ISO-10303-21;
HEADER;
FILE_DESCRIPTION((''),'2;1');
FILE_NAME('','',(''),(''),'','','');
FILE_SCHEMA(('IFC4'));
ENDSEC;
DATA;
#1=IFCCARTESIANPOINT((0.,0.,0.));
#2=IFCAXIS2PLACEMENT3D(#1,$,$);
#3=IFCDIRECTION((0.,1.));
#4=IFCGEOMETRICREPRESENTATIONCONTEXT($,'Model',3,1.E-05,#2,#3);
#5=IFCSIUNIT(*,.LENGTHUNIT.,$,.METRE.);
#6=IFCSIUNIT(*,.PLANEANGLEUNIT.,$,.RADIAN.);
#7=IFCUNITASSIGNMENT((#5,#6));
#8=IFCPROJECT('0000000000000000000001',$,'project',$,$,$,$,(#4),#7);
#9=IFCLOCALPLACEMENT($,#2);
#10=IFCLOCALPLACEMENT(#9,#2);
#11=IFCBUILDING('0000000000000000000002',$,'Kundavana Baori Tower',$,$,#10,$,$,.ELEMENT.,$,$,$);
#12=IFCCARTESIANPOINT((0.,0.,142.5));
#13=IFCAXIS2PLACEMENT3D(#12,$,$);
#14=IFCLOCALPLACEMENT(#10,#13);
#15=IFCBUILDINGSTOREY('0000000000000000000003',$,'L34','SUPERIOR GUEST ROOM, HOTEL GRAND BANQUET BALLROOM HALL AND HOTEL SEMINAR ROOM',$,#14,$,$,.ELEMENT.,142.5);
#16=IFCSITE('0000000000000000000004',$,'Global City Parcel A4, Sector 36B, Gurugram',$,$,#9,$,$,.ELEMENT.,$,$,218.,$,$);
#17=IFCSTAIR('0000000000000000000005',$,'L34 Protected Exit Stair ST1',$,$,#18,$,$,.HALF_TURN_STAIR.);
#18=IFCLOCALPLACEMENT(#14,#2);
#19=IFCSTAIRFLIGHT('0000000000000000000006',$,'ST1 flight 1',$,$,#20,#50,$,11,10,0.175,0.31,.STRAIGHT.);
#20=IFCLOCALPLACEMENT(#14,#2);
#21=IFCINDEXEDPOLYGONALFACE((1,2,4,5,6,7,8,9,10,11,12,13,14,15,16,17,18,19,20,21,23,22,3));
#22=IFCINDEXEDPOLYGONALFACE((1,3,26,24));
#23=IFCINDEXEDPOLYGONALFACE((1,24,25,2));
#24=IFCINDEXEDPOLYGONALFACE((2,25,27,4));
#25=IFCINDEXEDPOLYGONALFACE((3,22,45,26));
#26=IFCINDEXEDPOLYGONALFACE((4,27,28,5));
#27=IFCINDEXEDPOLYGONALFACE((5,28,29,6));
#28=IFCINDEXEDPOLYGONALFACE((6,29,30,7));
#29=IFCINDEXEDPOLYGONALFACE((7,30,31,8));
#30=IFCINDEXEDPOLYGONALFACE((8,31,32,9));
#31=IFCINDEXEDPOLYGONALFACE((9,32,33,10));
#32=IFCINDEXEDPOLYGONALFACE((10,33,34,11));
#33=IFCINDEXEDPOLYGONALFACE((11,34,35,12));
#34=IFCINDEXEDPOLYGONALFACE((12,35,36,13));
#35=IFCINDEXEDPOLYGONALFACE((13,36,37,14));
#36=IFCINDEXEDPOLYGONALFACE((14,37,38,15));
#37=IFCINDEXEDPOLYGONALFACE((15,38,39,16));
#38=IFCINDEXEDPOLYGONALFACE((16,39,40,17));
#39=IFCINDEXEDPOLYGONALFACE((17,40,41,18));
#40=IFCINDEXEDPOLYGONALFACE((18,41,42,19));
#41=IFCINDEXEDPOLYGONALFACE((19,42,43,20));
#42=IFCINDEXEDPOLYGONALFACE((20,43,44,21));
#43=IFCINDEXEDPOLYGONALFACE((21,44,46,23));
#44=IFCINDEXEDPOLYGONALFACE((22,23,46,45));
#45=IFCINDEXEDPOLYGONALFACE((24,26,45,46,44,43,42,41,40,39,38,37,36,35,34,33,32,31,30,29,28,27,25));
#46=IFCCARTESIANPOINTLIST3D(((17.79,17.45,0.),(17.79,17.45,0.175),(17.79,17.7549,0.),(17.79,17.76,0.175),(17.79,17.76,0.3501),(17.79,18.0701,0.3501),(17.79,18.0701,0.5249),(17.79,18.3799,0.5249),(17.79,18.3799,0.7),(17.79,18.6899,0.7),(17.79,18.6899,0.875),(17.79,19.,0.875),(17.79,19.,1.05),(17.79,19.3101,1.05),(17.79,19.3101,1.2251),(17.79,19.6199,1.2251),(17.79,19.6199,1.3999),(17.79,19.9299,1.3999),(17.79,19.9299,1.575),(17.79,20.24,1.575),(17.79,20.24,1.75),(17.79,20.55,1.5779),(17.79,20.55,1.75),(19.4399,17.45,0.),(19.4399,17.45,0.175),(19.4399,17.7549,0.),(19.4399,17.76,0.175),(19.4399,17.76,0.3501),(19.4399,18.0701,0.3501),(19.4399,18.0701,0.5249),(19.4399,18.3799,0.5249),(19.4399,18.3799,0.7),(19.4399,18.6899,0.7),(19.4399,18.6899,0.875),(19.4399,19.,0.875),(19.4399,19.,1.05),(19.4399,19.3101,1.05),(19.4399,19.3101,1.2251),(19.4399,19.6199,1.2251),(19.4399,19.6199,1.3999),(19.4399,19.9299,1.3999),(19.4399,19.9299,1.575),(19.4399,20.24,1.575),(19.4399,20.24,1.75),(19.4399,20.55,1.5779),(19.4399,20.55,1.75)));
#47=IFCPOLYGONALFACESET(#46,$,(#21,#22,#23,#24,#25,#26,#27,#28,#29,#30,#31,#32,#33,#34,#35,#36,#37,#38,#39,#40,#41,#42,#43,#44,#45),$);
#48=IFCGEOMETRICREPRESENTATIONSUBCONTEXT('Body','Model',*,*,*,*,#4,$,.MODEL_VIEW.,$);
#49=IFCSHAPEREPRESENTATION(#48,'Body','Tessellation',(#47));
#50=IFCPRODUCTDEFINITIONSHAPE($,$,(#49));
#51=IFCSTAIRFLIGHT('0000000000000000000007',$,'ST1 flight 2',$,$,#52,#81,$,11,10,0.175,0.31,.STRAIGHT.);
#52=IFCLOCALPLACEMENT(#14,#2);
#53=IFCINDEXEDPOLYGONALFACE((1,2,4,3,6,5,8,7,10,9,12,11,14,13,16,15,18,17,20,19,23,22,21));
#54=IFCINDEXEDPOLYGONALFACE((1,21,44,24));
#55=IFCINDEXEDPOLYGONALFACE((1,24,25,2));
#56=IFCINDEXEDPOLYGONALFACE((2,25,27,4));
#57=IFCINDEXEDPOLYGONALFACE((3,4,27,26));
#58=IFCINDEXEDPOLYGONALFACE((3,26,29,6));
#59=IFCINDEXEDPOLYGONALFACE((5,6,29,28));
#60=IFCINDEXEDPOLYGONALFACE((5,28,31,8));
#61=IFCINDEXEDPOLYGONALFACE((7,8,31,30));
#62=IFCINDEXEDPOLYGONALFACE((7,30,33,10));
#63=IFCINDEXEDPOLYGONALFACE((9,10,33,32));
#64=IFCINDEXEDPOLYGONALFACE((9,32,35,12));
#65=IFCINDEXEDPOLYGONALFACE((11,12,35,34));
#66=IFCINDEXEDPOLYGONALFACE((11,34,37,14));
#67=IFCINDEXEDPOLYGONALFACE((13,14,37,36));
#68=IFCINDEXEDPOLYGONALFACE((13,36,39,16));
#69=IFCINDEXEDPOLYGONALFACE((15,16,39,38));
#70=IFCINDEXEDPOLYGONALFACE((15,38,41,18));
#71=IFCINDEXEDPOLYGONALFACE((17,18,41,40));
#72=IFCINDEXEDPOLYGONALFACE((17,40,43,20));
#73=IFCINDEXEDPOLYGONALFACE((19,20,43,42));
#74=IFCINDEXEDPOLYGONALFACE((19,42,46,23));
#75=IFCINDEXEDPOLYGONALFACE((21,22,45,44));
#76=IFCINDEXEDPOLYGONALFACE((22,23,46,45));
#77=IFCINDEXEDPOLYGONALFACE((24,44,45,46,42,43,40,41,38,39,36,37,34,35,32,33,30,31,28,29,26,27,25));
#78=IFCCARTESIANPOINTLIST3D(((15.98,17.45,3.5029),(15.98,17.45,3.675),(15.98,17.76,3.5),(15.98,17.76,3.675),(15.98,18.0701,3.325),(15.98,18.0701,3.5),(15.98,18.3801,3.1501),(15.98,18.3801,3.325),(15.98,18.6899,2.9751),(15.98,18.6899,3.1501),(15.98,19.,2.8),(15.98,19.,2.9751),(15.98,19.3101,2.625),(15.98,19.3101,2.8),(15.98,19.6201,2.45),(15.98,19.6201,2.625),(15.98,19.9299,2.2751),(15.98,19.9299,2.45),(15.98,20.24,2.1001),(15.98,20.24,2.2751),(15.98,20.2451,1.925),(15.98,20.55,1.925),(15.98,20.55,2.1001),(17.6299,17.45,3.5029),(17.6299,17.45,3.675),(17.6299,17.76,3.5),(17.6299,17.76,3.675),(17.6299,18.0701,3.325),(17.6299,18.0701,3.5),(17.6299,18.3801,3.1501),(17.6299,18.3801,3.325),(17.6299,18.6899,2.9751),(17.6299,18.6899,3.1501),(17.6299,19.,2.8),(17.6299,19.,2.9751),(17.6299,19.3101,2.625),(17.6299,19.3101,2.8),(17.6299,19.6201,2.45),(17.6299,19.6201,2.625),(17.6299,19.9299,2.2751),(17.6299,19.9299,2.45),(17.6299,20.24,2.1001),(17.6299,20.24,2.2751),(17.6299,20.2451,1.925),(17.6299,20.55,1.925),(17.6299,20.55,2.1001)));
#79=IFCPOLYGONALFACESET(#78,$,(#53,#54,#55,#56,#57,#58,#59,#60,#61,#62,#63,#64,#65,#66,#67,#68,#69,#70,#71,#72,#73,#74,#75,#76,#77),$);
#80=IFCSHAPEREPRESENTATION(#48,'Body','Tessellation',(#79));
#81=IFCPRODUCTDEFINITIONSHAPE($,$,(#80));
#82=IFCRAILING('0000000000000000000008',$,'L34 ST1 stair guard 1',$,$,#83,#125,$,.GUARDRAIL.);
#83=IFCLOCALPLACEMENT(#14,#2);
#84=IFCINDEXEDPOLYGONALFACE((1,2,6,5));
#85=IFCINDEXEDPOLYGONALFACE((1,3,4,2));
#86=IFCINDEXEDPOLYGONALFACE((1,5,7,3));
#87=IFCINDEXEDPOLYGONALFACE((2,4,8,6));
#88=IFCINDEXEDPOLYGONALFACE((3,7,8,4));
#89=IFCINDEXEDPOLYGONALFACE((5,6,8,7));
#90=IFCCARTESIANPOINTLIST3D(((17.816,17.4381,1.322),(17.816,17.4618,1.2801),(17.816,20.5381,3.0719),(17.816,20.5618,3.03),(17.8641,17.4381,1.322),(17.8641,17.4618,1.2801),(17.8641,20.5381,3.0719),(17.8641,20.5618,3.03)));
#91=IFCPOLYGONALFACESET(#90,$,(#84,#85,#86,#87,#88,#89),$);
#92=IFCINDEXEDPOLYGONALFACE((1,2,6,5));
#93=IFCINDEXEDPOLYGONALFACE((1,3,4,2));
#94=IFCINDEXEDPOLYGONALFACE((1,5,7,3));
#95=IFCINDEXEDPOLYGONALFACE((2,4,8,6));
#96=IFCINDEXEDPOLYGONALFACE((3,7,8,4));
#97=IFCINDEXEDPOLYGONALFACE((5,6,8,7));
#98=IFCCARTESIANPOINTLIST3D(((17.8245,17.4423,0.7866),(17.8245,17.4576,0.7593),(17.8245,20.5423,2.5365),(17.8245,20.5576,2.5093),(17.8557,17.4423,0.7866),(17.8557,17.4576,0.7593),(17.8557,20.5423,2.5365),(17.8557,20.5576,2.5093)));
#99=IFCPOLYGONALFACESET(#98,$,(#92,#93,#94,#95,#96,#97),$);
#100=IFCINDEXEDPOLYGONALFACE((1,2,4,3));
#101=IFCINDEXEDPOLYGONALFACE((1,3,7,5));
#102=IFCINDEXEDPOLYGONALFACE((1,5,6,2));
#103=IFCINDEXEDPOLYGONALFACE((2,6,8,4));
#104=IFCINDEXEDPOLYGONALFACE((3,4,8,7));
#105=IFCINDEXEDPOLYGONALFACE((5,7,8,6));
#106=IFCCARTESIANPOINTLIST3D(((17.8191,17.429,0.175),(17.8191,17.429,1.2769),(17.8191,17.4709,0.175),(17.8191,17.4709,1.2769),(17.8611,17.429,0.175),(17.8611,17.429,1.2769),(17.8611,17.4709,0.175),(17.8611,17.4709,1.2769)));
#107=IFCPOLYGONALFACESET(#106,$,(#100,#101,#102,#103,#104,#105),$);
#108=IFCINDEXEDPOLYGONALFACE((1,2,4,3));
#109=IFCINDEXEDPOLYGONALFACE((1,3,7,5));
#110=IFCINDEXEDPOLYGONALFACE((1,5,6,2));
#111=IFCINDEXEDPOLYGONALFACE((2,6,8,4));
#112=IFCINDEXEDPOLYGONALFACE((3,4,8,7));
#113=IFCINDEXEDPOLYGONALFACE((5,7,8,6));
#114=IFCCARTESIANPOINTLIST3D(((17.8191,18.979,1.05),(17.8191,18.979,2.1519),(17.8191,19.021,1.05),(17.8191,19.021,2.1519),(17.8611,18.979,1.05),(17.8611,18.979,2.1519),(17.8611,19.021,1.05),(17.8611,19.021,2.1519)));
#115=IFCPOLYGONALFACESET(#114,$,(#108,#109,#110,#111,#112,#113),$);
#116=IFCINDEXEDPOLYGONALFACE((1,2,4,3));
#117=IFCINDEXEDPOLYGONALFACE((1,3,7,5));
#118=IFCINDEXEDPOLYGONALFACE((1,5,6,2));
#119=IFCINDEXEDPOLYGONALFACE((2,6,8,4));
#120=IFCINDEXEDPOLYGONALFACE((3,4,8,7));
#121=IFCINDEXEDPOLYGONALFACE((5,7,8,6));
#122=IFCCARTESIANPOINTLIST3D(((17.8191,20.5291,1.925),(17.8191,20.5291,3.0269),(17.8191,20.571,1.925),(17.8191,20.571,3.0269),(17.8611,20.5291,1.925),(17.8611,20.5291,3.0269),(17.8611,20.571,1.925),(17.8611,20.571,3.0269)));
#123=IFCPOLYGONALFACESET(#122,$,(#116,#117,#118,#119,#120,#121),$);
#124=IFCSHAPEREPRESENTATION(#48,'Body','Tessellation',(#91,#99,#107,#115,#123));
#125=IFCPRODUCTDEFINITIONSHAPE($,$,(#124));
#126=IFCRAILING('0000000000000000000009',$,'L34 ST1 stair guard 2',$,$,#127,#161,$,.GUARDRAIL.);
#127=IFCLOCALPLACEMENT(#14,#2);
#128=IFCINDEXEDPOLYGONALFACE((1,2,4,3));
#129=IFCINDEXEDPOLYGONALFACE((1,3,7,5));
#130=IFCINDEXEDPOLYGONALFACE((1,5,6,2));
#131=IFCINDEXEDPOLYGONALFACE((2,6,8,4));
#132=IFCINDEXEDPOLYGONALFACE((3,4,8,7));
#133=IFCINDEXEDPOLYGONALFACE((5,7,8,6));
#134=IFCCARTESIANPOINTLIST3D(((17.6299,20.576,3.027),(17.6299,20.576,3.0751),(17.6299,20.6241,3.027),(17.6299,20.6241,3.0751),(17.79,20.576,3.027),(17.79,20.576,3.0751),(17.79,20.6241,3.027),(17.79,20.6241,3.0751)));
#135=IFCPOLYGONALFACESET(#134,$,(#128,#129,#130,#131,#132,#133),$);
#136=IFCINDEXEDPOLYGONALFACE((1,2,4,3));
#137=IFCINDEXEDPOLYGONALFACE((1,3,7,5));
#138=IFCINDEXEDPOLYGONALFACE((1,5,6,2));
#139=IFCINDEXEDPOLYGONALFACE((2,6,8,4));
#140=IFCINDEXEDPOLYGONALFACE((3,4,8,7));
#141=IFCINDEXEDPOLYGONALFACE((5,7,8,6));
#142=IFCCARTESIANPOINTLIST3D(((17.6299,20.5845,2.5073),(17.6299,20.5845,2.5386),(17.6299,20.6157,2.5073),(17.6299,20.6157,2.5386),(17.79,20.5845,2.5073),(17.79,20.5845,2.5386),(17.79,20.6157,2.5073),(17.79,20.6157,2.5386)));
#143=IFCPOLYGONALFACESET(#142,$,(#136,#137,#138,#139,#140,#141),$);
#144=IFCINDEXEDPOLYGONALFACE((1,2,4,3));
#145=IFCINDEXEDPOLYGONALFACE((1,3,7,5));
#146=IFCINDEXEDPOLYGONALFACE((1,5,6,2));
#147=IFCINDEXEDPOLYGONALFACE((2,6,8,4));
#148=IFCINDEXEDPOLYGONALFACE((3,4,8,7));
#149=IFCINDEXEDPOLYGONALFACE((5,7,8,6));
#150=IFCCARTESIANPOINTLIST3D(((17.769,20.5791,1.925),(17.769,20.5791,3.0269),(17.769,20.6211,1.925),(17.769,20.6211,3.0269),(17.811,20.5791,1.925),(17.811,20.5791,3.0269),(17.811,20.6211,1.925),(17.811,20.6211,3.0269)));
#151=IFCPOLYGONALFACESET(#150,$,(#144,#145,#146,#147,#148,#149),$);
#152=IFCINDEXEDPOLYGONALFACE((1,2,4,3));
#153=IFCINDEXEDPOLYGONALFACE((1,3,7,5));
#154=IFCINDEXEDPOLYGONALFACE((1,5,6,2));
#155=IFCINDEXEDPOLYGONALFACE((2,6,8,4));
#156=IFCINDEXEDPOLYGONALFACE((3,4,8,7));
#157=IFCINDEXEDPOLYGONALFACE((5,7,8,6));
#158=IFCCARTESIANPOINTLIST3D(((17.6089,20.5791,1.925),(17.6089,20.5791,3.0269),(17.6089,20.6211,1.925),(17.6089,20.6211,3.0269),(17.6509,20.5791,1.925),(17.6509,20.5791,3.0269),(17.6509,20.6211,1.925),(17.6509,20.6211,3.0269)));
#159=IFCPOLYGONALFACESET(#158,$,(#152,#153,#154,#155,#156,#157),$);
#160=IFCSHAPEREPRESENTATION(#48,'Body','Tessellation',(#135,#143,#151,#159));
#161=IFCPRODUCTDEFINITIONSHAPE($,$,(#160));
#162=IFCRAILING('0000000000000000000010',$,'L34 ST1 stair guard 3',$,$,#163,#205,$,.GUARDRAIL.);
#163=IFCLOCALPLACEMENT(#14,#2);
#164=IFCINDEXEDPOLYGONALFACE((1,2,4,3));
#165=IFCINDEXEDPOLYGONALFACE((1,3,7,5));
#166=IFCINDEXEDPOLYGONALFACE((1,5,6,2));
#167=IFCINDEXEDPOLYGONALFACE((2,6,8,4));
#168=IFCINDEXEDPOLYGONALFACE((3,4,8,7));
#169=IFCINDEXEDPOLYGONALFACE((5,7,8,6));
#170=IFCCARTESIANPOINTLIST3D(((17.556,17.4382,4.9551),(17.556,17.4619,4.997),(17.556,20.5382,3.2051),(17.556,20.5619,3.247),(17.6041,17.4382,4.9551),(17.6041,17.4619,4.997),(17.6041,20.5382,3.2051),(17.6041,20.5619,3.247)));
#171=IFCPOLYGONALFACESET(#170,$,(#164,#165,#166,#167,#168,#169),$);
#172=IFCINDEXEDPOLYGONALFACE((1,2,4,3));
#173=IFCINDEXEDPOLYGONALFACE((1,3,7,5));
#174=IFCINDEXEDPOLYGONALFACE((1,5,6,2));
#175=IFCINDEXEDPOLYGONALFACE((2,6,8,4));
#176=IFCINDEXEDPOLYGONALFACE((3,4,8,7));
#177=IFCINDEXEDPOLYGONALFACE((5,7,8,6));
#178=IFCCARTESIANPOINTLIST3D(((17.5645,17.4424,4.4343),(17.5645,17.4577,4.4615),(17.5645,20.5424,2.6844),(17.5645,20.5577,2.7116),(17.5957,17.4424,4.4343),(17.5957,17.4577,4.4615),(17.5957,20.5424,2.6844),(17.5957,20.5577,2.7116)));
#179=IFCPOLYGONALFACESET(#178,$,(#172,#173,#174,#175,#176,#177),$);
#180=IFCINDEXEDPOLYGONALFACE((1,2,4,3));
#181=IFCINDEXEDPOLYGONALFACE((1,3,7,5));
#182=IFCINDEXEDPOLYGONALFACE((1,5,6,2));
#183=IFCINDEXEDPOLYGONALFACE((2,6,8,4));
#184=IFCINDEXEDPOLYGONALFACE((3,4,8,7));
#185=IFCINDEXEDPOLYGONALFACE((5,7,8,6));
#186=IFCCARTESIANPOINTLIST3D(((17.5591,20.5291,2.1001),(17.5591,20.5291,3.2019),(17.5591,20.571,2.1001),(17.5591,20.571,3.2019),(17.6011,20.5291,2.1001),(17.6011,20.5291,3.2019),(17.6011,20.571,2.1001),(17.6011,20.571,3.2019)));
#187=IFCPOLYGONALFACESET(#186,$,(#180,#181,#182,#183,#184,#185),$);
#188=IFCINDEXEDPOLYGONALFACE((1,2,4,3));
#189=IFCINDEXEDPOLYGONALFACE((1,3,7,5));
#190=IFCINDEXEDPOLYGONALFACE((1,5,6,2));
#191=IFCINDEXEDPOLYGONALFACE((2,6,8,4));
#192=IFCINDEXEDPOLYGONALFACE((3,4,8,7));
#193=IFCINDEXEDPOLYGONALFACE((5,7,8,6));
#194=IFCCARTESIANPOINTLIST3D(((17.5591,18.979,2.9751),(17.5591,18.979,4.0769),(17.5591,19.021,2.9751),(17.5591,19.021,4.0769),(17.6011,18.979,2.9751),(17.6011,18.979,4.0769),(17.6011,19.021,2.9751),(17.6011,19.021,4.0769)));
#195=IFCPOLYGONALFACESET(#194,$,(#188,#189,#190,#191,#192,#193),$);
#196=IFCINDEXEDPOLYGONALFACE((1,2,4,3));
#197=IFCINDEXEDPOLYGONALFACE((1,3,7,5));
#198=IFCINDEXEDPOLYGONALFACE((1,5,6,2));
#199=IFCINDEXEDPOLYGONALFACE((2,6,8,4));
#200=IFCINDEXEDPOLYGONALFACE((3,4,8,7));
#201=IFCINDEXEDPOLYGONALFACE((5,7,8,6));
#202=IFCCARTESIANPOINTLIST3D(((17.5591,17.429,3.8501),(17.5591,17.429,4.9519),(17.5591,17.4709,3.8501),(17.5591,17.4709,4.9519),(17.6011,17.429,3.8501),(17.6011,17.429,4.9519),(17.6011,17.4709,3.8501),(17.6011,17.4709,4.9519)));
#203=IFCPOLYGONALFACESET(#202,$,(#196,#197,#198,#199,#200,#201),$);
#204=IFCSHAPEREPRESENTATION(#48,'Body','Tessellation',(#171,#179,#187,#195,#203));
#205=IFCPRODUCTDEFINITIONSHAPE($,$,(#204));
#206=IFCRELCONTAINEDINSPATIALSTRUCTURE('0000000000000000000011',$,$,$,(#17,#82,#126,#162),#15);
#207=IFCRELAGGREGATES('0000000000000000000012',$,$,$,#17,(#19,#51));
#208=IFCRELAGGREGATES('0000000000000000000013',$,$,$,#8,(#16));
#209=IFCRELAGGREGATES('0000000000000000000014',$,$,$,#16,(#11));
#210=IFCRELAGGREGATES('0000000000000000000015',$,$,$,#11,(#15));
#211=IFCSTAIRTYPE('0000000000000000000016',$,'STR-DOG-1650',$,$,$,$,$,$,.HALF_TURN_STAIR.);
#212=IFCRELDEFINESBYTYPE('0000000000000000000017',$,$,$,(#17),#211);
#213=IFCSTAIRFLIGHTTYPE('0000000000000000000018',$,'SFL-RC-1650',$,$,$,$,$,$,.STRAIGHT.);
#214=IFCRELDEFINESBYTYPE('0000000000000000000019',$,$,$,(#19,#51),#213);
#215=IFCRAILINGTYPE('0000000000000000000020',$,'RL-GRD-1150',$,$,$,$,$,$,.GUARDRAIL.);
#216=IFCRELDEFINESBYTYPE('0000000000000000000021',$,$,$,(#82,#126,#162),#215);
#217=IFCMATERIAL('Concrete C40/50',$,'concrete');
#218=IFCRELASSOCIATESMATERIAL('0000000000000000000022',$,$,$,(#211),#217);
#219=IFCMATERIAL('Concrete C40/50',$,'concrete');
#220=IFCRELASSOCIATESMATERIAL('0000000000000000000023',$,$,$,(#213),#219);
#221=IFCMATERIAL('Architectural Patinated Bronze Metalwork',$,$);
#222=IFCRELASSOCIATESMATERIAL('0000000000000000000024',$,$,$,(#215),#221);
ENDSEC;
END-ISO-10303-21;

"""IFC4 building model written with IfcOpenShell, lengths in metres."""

from ifc_helpers import new_model, si_unit, direction, frame, origin, origin_2d, place, context, subcontext, project, spatial, polyline, rectangle, outline, extrude, material, type_object, element, aggregate, save


model = new_model("IFC4")

# Units and contexts
model_context = context("Model", 3, precision=1e-05, world=origin(), true_north=direction((0.0, 1.0)))
body_context = subcontext(model_context, "Body", "Model", "MODEL_VIEW")
ifc_project = project(units=[si_unit("LENGTHUNIT", "METRE"), si_unit("PLANEANGLEUNIT", "RADIAN")], contexts=[model_context])

# Site, building, storey
site_placement = place(None, origin())
site = spatial("IfcSite", under=ifc_project, at=site_placement, Name="Global City Parcel A4, Sector 36B, Gurugram", CompositionType="ELEMENT", RefElevation=218.0)
building_placement = place(site_placement, origin())
building = spatial("IfcBuilding", under=site, at=building_placement, Name="Kundavana Baori Tower", CompositionType="ELEMENT")
storey_placement = place(building_placement, frame((0.0, 0.0, 142.5)))
storey = spatial("IfcBuildingStorey", under=building, at=storey_placement, Name="L34", Description="SUPERIOR GUEST ROOM, HOTEL GRAND BANQUET BALLROOM HALL AND HOTEL SEMINAR ROOM", CompositionType="ELEMENT", Elevation=142.5)

# Stair, stair flights
ifc_material_1 = material(Name="Concrete C40/50", Category="concrete")
stair_type = type_object("IfcStairType", Name="STR-DOG-1650", PredefinedType="HALF_TURN_STAIR", material=ifc_material_1)
stair_placement = place(storey_placement, origin())
stair = element("IfcStair", 1, at=stair_placement, inside=storey, type_object=stair_type, Name="L34 Protected Exit Stair ST1", PredefinedType="HALF_TURN_STAIR")
ifc_material_2 = material(Name="Concrete C40/50", Category="concrete")
stair_flight_type = type_object("IfcStairFlightType", Name="SFL-RC-1650", PredefinedType="STRAIGHT", material=ifc_material_2)
stair_flight_1_placement = place(storey_placement, frame((18.615, 17.45, 0.0), z_axis=(0.0, 0.0, 1.0), x_axis=(0.0, 1.0, 0.0)))
stair_flight_1 = element("IfcStairFlight", 2, at=stair_flight_1_placement, type_object=stair_flight_type, Name="ST1 flight 1", NumberOfRisers=11, NumberOfTreads=10, PredefinedType="STRAIGHT", RiserHeight=0.175, TreadLength=0.31, context=body_context, shape_type="SweptSolid", body=[
    extrude(outline(polyline([(0.0, 0.0), (0.0, 0.175), (0.3101, 0.175), (0.3101, 0.3501), (0.6201, 0.3501), (0.6201, 0.5249), (0.9299, 0.5249), (0.9299, 0.7), (1.24, 0.7), (1.24, 0.875), (1.55, 0.875), (1.55, 1.05), (1.8601, 1.05), (1.8601, 1.2251), (2.1699, 1.2251), (2.1699, 1.3999), (2.48, 1.3999), (2.48, 1.575), (2.79, 1.575), (2.79, 1.75), (3.1001, 1.75), (3.1001, 1.925), (3.1001, 1.5779), (0.3049, 0.0), (0.0, 0.0)])), frame((0.0, 0.825, 0.0), z_axis=(0.0, -1.0, 0.0), x_axis=(1.0, 0.0, 0.0)), (0.0, 0.0, 1.0), 1.6499),
])
stair_flight_2_placement = place(storey_placement, frame((16.8049, 20.55, 1.925), z_axis=(0.0, 0.0, 1.0), x_axis=(0.0, -1.0, 0.0)))
stair_flight_2 = element("IfcStairFlight", 3, at=stair_flight_2_placement, type_object=stair_flight_type, Name="ST1 flight 2", NumberOfRisers=11, NumberOfTreads=10, PredefinedType="STRAIGHT", RiserHeight=0.175, TreadLength=0.31, context=body_context, shape_type="SweptSolid", body=[
    extrude(outline(polyline([(0.0, 0.0), (0.0, 0.175), (0.3101, 0.175), (0.3101, 0.3501), (0.6201, 0.3501), (0.6201, 0.5249), (0.9299, 0.5249), (0.9299, 0.7), (1.24, 0.7), (1.24, 0.875), (1.55, 0.875), (1.55, 1.05), (1.8601, 1.05), (1.8601, 1.2251), (2.1699, 1.2251), (2.1699, 1.3999), (2.48, 1.3999), (2.48, 1.575), (2.79, 1.575), (2.79, 1.75), (3.1001, 1.75), (3.1001, 1.925), (3.1001, 1.5779), (0.3049, 0.0), (0.0, 0.0)])), frame((0.0, 0.825, 0.0), z_axis=(0.0, -1.0, 0.0), x_axis=(1.0, 0.0, 0.0)), (0.0, 0.0, 1.0), 1.6499),
])
aggregate(stair, [stair_flight_1, stair_flight_2])

# Railings
ifc_material_3 = material(Name="Architectural Patinated Bronze Metalwork")
railing_type_1 = type_object("IfcRailingType", Name="RL-GRD-1150", PredefinedType="GUARDRAIL", material=ifc_material_3)
railing_1_placement = place(storey_placement, frame((17.8401, 17.45, 0.175)))
element("IfcRailing", 4, at=railing_1_placement, inside=storey, type_object=railing_type_1, Name="L34 ST1 stair guard 1", PredefinedType="GUARDRAIL", context=body_context, shape_type="SweptSolid", body=[
    extrude(rectangle(XDim=0.0481, YDim=0.0481, at=origin_2d()), frame((0.0, 0.0, 1.126), z_axis=(0.0, 0.870831, 0.491583), x_axis=(-1.0, 0.0, 0.0)), (0.0, 0.0, 1.0), 3.5598),
    extrude(rectangle(XDim=0.0312, YDim=0.0312, at=origin_2d()), frame((0.0, 0.0, 0.5979), z_axis=(0.0, 0.870831, 0.491583), x_axis=(-1.0, 0.0, 0.0)), (0.0, 0.0, 1.0), 3.5598),
    extrude(rectangle(XDim=0.042, YDim=0.042, at=origin_2d()), origin(), (0.0, 0.0, 1.0), 1.1018),
    extrude(rectangle(XDim=0.042, YDim=0.042, at=origin_2d()), frame((0.0, 1.55, 0.875)), (0.0, 0.0, 1.0), 1.1018),
    extrude(rectangle(XDim=0.042, YDim=0.042, at=origin_2d()), frame((0.0, 3.1001, 1.75)), (0.0, 0.0, 1.0), 1.1018),
])
railing_2_placement = place(storey_placement, frame((17.79, 20.6001, 1.925)))
element("IfcRailing", 5, at=railing_2_placement, inside=storey, type_object=railing_type_1, Name="L34 ST1 stair guard 2", PredefinedType="GUARDRAIL", context=body_context, shape_type="SweptSolid", body=[
    extrude(rectangle(XDim=0.0481, YDim=0.0481, at=origin_2d()), frame((0.0, 0.0, 1.126), z_axis=(-1.0, 0.0, 0.0), x_axis=(0.0, -1.0, 0.0)), (0.0, 0.0, 1.0), 0.1602),
    extrude(rectangle(XDim=0.0312, YDim=0.0312, at=origin_2d()), frame((0.0, 0.0, 0.5979), z_axis=(-1.0, 0.0, 0.0), x_axis=(0.0, -1.0, 0.0)), (0.0, 0.0, 1.0), 0.1602),
    extrude(rectangle(XDim=0.042, YDim=0.042, at=origin_2d()), origin(), (0.0, 0.0, 1.0), 1.1018),
    extrude(rectangle(XDim=0.042, YDim=0.042, at=origin_2d()), frame((-0.1602, 0.0, 0.0)), (0.0, 0.0, 1.0), 1.1018),
])
railing_3_placement = place(storey_placement, frame((17.5801, 20.55, 2.1001)))
element("IfcRailing", 6, at=railing_3_placement, inside=storey, type_object=railing_type_1, Name="L34 ST1 stair guard 3", PredefinedType="GUARDRAIL", context=body_context, shape_type="SweptSolid", body=[
    extrude(rectangle(XDim=0.0481, YDim=0.0481, at=origin_2d()), frame((0.0, 0.0, 1.126), z_axis=(0.0, -0.870831, 0.491583), x_axis=(1.0, 0.0, 0.0)), (0.0, 0.0, 1.0), 3.5598),
    extrude(rectangle(XDim=0.0312, YDim=0.0312, at=origin_2d()), frame((0.0, 0.0, 0.5979), z_axis=(0.0, -0.870831, 0.491583), x_axis=(1.0, 0.0, 0.0)), (0.0, 0.0, 1.0), 3.5598),
    extrude(rectangle(XDim=0.042, YDim=0.042, at=origin_2d()), origin(), (0.0, 0.0, 1.0), 1.1018),
    extrude(rectangle(XDim=0.042, YDim=0.042, at=origin_2d()), frame((0.0, -1.55, 0.875)), (0.0, 0.0, 1.0), 1.1018),
    extrude(rectangle(XDim=0.042, YDim=0.042, at=origin_2d()), frame((0.0, -3.1001, 1.75)), (0.0, 0.0, 1.0), 1.1018),
])

save(model, "model.ifc")
